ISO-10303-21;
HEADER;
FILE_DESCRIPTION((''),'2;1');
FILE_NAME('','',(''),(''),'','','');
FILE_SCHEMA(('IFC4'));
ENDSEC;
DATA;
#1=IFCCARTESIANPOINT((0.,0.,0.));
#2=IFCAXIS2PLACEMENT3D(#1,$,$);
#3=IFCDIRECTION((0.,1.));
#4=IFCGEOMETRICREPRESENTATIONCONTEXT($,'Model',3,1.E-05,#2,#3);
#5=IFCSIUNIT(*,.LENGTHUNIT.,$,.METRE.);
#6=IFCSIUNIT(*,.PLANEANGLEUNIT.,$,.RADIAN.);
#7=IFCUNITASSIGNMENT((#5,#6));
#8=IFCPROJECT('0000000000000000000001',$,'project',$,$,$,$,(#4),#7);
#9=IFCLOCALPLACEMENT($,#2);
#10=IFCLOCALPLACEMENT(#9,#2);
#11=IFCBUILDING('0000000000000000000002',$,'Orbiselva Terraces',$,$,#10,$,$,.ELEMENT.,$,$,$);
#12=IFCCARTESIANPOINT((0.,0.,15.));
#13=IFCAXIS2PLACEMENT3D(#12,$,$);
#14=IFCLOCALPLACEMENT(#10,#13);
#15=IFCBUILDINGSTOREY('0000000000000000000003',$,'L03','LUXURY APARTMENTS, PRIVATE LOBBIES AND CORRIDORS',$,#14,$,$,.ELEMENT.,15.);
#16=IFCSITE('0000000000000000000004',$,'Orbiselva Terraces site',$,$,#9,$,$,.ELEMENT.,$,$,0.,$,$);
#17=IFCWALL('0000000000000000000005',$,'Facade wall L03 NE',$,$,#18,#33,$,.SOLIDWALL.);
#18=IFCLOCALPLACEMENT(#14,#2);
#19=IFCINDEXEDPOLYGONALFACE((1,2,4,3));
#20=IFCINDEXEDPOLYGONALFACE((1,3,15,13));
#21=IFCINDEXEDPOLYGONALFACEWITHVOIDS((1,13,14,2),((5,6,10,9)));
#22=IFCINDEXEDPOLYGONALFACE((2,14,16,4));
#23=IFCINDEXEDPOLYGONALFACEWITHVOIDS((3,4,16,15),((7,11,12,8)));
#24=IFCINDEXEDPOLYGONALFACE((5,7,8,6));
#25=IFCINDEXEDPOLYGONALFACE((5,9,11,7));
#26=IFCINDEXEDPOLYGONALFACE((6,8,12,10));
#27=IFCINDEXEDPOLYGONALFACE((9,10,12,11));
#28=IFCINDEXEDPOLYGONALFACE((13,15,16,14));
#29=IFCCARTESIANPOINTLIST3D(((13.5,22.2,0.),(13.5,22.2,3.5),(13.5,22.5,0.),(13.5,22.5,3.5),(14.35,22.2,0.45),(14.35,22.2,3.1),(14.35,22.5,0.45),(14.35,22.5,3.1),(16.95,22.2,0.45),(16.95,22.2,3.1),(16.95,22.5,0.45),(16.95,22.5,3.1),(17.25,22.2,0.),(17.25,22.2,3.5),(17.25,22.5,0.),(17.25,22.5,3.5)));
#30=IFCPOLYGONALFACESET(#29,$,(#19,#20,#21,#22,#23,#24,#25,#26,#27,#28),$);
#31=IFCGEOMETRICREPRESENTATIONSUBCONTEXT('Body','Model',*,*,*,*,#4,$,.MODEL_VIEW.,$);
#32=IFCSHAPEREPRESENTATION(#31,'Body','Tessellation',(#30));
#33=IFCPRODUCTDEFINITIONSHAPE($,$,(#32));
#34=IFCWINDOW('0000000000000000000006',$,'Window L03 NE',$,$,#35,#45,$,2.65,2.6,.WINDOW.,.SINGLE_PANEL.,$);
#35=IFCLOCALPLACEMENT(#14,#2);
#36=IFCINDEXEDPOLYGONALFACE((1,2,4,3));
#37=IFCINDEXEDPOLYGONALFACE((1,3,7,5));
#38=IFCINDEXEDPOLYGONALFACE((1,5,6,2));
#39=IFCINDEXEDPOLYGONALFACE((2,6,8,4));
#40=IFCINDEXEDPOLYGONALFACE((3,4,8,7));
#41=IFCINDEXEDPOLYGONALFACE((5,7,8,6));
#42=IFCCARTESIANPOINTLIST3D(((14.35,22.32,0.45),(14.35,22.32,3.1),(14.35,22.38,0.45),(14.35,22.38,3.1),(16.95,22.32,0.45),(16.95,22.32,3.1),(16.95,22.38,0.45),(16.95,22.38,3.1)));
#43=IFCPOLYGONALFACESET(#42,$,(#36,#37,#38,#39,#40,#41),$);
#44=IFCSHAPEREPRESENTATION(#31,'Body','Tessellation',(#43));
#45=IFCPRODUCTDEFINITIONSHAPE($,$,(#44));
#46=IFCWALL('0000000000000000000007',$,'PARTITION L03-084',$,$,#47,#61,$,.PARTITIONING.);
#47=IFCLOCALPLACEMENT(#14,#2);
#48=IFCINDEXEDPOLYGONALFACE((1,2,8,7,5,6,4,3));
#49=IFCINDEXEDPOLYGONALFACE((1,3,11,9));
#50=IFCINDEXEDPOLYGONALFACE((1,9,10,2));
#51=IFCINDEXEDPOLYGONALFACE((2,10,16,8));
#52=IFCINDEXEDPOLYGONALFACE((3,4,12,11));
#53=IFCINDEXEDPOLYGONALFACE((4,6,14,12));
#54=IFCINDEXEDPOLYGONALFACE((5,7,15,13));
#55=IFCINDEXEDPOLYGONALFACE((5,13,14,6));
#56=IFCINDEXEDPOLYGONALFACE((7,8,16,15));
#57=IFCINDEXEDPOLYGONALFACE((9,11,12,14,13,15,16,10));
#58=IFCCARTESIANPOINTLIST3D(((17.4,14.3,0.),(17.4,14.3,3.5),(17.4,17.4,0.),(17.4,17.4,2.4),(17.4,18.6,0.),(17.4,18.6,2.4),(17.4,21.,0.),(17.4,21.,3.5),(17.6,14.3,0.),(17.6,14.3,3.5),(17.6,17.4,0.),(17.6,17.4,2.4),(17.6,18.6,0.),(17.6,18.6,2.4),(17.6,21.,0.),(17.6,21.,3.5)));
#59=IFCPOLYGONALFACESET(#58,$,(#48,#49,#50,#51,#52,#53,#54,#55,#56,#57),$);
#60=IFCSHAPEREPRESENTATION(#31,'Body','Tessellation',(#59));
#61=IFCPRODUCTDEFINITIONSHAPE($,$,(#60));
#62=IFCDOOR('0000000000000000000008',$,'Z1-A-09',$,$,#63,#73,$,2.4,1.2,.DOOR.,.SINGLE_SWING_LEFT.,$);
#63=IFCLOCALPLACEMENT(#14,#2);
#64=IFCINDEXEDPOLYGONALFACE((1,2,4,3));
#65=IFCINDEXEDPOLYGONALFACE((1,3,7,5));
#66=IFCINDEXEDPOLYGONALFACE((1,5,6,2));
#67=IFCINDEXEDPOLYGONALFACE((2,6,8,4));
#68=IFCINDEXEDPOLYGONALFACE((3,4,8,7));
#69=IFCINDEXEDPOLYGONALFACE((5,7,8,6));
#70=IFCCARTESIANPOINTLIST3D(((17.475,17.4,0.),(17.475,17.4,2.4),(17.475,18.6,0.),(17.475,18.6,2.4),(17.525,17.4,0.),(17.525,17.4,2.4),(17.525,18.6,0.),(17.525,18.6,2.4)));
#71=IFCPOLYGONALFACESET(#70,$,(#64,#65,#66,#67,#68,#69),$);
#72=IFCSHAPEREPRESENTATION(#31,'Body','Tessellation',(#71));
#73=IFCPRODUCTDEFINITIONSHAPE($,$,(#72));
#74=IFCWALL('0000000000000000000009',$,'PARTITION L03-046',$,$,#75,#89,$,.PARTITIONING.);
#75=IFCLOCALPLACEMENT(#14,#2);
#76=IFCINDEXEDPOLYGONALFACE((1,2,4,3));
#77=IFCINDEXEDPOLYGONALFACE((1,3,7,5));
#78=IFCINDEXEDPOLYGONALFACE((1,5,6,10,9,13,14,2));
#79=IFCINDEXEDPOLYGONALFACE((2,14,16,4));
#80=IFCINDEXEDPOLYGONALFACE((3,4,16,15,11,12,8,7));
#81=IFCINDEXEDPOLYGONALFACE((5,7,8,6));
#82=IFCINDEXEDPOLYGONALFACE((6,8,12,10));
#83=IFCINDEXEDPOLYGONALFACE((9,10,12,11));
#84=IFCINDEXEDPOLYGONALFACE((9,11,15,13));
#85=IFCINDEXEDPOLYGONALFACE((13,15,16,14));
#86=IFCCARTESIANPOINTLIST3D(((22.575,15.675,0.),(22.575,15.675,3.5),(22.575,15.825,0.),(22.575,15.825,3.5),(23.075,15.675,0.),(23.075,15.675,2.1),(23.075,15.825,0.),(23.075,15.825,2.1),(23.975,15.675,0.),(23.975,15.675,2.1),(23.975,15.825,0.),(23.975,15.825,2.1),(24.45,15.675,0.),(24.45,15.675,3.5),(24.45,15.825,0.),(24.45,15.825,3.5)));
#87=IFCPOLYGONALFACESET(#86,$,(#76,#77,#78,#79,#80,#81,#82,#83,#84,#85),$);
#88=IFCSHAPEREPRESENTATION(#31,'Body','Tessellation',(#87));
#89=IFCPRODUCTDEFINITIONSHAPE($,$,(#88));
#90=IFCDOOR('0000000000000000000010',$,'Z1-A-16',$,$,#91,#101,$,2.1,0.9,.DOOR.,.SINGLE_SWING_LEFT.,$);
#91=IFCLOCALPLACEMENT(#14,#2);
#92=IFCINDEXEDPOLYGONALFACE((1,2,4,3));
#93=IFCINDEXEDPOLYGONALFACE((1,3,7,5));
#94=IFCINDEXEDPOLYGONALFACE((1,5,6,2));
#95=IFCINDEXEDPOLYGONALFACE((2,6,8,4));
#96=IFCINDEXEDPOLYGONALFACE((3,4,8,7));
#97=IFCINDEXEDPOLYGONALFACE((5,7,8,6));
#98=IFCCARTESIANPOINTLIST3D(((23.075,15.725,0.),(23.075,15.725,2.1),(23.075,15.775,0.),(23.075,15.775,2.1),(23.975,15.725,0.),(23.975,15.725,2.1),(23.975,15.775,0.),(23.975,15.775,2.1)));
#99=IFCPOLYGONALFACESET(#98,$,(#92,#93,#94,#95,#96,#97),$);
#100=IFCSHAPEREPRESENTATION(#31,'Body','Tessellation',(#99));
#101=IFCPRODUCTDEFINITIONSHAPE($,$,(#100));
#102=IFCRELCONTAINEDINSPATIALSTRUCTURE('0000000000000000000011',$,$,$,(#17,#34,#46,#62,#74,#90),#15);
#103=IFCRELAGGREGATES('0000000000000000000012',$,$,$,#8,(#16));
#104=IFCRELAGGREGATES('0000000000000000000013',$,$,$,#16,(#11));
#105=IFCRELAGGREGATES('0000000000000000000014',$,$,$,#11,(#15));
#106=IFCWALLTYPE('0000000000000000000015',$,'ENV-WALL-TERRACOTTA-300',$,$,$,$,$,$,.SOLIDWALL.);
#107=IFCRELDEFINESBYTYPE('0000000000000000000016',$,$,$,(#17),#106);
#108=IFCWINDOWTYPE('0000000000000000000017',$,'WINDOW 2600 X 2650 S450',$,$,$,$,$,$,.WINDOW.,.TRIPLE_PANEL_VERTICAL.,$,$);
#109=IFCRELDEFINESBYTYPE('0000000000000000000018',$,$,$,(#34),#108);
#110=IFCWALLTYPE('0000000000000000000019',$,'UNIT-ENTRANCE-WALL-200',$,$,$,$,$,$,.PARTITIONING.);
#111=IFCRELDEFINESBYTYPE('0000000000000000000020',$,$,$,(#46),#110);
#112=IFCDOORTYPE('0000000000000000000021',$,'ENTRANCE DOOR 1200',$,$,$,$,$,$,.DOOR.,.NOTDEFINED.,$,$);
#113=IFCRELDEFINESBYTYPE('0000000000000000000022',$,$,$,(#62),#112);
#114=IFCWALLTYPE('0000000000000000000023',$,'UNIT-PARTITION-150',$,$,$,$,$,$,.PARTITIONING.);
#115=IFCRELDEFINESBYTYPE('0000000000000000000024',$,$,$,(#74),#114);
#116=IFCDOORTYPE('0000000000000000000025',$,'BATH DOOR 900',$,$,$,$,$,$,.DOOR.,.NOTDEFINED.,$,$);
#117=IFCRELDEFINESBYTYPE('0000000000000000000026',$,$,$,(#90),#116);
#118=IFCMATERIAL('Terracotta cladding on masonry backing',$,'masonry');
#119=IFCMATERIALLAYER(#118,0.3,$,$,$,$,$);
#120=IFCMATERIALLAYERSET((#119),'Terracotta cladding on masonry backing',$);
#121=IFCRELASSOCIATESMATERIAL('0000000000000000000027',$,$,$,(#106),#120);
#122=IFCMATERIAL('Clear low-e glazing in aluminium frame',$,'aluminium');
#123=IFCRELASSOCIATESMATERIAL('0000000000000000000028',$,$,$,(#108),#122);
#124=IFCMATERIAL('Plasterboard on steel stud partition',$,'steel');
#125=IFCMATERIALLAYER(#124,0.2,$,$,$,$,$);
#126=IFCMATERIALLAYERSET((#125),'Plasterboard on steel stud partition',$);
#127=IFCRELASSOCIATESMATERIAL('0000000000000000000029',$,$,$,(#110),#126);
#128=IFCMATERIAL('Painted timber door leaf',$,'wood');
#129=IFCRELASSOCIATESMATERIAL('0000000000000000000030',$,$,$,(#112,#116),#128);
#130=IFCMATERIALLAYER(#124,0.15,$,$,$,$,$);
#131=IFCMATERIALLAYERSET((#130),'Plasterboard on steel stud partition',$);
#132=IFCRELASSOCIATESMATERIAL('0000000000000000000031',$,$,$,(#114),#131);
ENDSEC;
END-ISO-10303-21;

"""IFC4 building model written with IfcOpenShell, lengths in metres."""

from ifc_helpers import new_model, si_unit, direction, frame, frame_2d, origin, place, context, subcontext, project, spatial, rectangle, extrude, material, layer, layer_set, type_object, element, fill, save


model = new_model("IFC4")

# Units and contexts
model_context = context("Model", 3, precision=1e-05, world=origin(), true_north=direction((0.0, 1.0)))
body_context = subcontext(model_context, "Body", "Model", "MODEL_VIEW")
ifc_project = project(units=[si_unit("LENGTHUNIT", "METRE"), si_unit("PLANEANGLEUNIT", "RADIAN")], contexts=[model_context])

# Site, building, storey
site_placement = place(None, origin())
site = spatial("IfcSite", under=ifc_project, at=site_placement, Name="Orbiselva Terraces site", CompositionType="ELEMENT", RefElevation=0.0)
building_placement = place(site_placement, origin())
building = spatial("IfcBuilding", under=site, at=building_placement, Name="Orbiselva Terraces", CompositionType="ELEMENT")
storey_placement = place(building_placement, frame((0.0, 0.0, 15.0)))
storey = spatial("IfcBuildingStorey", under=building, at=storey_placement, Name="L03", Description="LUXURY APARTMENTS, PRIVATE LOBBIES AND CORRIDORS", CompositionType="ELEMENT", Elevation=15.0)

# Shared definitions
ifc_material_1 = material(Name="Terracotta cladding on masonry backing", Category="masonry")
ifc_layer_1 = layer(ifc_material_1, 0.3)
ifc_layer_set_1 = layer_set([ifc_layer_1], Name="Terracotta cladding on masonry backing")
wall_type_1 = type_object("IfcWallType", Name="ENV-WALL-TERRACOTTA-300", PredefinedType="SOLIDWALL", material=ifc_layer_set_1)
ifc_material_2 = material(Name="Clear low-e glazing in aluminium frame", Category="aluminium")

# Wall, opening, window
wall_1_placement = place(storey_placement, frame((13.5, 22.35, 0.0), z_axis=(0.0, 0.0, 1.0), x_axis=(1.0, 0.0, 0.0)))
wall_1 = element("IfcWall", 1, at=wall_1_placement, inside=storey, type_object=wall_type_1, Name="Facade wall L03 NE", PredefinedType="SOLIDWALL", context=body_context, shape_type="SweptSolid", body=[
    extrude(rectangle(XDim=3.75, YDim=0.3, at=frame_2d((1.875, 0.0))), origin(), (0.0, 0.0, 1.0), 3.5),
])
opening_1_placement = place(wall_1_placement, frame((0.85, 0.0, 0.45)))
opening_1 = element("IfcOpeningElement", 2, at=opening_1_placement, cuts=wall_1, PredefinedType="OPENING", context=body_context, shape_type="SweptSolid", body=[
    extrude(rectangle(XDim=2.6, YDim=2.65, at=frame_2d((1.3, 1.325))), frame((0.0, 0.16, 0.0), z_axis=(0.0, -1.0, 0.0), x_axis=(1.0, 0.0, 0.0)), (0.0, 0.0, 1.0), 0.32),
])
window_type = type_object("IfcWindowType", Name="WINDOW 2600 X 2650 S450", PartitioningType="TRIPLE_PANEL_VERTICAL", PredefinedType="WINDOW", material=ifc_material_2)
window_placement = place(opening_1_placement, origin())
window = element("IfcWindow", 3, at=window_placement, inside=storey, type_object=window_type, Name="Window L03 NE", OverallHeight=2.65, OverallWidth=2.6, PartitioningType="SINGLE_PANEL", PredefinedType="WINDOW", context=body_context, shape_type="SweptSolid", body=[
    extrude(rectangle(XDim=2.6, YDim=2.65, at=frame_2d((1.3, 1.325))), frame((0.0, 0.03, 0.0), z_axis=(0.0, -1.0, 0.0), x_axis=(1.0, 0.0, 0.0)), (0.0, 0.0, 1.0), 0.06),
])
fill(opening_1, window)

# Walls, openings, doors
ifc_material_3 = material(Name="Plasterboard on steel stud partition", Category="steel")
ifc_layer_2 = layer(ifc_material_3, 0.2)
ifc_layer_set_2 = layer_set([ifc_layer_2], Name="Plasterboard on steel stud partition")
wall_type_2 = type_object("IfcWallType", Name="UNIT-ENTRANCE-WALL-200", PredefinedType="PARTITIONING", material=ifc_layer_set_2)
wall_2_placement = place(storey_placement, frame((17.5, 21.0, 0.0), z_axis=(0.0, 0.0, 1.0), x_axis=(0.0, -1.0, 0.0)))
wall_2 = element("IfcWall", 4, at=wall_2_placement, inside=storey, type_object=wall_type_2, Name="PARTITION L03-084", PredefinedType="PARTITIONING", context=body_context, shape_type="SweptSolid", body=[
    extrude(rectangle(XDim=6.7, YDim=0.2, at=frame_2d((3.35, 0.0))), origin(), (0.0, 0.0, 1.0), 3.5),
])
opening_2_placement = place(wall_2_placement, frame((2.4, 0.0, 0.0)))
opening_2 = element("IfcOpeningElement", 5, at=opening_2_placement, cuts=wall_2, PredefinedType="OPENING", context=body_context, shape_type="SweptSolid", body=[
    extrude(rectangle(XDim=1.2, YDim=2.4, at=frame_2d((0.6, 1.2))), frame((0.0, 0.11, 0.0), z_axis=(0.0, -1.0, 0.0), x_axis=(1.0, 0.0, 0.0)), (0.0, 0.0, 1.0), 0.22),
])
ifc_material_4 = material(Name="Painted timber door leaf", Category="wood")
door_type_1 = type_object("IfcDoorType", Name="ENTRANCE DOOR 1200", OperationType="NOTDEFINED", PredefinedType="DOOR", material=ifc_material_4)
door_1_placement = place(opening_2_placement, origin())
door_1 = element("IfcDoor", 6, at=door_1_placement, inside=storey, type_object=door_type_1, Name="Z1-A-09", OperationType="SINGLE_SWING_LEFT", OverallHeight=2.4, OverallWidth=1.2, PredefinedType="DOOR", context=body_context, shape_type="SweptSolid", body=[
    extrude(rectangle(XDim=1.2, YDim=2.4, at=frame_2d((0.6, 1.2))), frame((0.0, 0.025, 0.0), z_axis=(0.0, -1.0, 0.0), x_axis=(1.0, 0.0, 0.0)), (0.0, 0.0, 1.0), 0.05),
])
fill(opening_2, door_1)
ifc_layer_3 = layer(ifc_material_3, 0.15)
ifc_layer_set_3 = layer_set([ifc_layer_3], Name="Plasterboard on steel stud partition")
wall_type_3 = type_object("IfcWallType", Name="UNIT-PARTITION-150", PredefinedType="PARTITIONING", material=ifc_layer_set_3)
wall_3_placement = place(storey_placement, frame((24.45, 15.75, 0.0), z_axis=(0.0, 0.0, 1.0), x_axis=(-1.0, 0.0, 0.0)))
wall_3 = element("IfcWall", 7, at=wall_3_placement, inside=storey, type_object=wall_type_3, Name="PARTITION L03-046", PredefinedType="PARTITIONING", context=body_context, shape_type="SweptSolid", body=[
    extrude(rectangle(XDim=1.875, YDim=0.15, at=frame_2d((0.9375, 0.0))), origin(), (0.0, 0.0, 1.0), 3.5),
])
opening_3_placement = place(wall_3_placement, frame((0.475, 0.0, 0.0)))
opening_3 = element("IfcOpeningElement", 8, at=opening_3_placement, cuts=wall_3, PredefinedType="OPENING", context=body_context, shape_type="SweptSolid", body=[
    extrude(rectangle(XDim=0.9, YDim=2.1, at=frame_2d((0.45, 1.05))), frame((0.0, 0.085, 0.0), z_axis=(0.0, -1.0, 0.0), x_axis=(1.0, 0.0, 0.0)), (0.0, 0.0, 1.0), 0.17),
])
door_type_2 = type_object("IfcDoorType", Name="BATH DOOR 900", OperationType="NOTDEFINED", PredefinedType="DOOR", material=ifc_material_4)
door_2_placement = place(opening_3_placement, origin())
door_2 = element("IfcDoor", 9, at=door_2_placement, inside=storey, type_object=door_type_2, Name="Z1-A-16", OperationType="SINGLE_SWING_LEFT", OverallHeight=2.1, OverallWidth=0.9, PredefinedType="DOOR", context=body_context, shape_type="SweptSolid", body=[
    extrude(rectangle(XDim=0.9, YDim=2.1, at=frame_2d((0.45, 1.05))), frame((0.0, 0.025, 0.0), z_axis=(0.0, -1.0, 0.0), x_axis=(1.0, 0.0, 0.0)), (0.0, 0.0, 1.0), 0.05),
])
fill(opening_3, door_2)

save(model, "model.ifc")
